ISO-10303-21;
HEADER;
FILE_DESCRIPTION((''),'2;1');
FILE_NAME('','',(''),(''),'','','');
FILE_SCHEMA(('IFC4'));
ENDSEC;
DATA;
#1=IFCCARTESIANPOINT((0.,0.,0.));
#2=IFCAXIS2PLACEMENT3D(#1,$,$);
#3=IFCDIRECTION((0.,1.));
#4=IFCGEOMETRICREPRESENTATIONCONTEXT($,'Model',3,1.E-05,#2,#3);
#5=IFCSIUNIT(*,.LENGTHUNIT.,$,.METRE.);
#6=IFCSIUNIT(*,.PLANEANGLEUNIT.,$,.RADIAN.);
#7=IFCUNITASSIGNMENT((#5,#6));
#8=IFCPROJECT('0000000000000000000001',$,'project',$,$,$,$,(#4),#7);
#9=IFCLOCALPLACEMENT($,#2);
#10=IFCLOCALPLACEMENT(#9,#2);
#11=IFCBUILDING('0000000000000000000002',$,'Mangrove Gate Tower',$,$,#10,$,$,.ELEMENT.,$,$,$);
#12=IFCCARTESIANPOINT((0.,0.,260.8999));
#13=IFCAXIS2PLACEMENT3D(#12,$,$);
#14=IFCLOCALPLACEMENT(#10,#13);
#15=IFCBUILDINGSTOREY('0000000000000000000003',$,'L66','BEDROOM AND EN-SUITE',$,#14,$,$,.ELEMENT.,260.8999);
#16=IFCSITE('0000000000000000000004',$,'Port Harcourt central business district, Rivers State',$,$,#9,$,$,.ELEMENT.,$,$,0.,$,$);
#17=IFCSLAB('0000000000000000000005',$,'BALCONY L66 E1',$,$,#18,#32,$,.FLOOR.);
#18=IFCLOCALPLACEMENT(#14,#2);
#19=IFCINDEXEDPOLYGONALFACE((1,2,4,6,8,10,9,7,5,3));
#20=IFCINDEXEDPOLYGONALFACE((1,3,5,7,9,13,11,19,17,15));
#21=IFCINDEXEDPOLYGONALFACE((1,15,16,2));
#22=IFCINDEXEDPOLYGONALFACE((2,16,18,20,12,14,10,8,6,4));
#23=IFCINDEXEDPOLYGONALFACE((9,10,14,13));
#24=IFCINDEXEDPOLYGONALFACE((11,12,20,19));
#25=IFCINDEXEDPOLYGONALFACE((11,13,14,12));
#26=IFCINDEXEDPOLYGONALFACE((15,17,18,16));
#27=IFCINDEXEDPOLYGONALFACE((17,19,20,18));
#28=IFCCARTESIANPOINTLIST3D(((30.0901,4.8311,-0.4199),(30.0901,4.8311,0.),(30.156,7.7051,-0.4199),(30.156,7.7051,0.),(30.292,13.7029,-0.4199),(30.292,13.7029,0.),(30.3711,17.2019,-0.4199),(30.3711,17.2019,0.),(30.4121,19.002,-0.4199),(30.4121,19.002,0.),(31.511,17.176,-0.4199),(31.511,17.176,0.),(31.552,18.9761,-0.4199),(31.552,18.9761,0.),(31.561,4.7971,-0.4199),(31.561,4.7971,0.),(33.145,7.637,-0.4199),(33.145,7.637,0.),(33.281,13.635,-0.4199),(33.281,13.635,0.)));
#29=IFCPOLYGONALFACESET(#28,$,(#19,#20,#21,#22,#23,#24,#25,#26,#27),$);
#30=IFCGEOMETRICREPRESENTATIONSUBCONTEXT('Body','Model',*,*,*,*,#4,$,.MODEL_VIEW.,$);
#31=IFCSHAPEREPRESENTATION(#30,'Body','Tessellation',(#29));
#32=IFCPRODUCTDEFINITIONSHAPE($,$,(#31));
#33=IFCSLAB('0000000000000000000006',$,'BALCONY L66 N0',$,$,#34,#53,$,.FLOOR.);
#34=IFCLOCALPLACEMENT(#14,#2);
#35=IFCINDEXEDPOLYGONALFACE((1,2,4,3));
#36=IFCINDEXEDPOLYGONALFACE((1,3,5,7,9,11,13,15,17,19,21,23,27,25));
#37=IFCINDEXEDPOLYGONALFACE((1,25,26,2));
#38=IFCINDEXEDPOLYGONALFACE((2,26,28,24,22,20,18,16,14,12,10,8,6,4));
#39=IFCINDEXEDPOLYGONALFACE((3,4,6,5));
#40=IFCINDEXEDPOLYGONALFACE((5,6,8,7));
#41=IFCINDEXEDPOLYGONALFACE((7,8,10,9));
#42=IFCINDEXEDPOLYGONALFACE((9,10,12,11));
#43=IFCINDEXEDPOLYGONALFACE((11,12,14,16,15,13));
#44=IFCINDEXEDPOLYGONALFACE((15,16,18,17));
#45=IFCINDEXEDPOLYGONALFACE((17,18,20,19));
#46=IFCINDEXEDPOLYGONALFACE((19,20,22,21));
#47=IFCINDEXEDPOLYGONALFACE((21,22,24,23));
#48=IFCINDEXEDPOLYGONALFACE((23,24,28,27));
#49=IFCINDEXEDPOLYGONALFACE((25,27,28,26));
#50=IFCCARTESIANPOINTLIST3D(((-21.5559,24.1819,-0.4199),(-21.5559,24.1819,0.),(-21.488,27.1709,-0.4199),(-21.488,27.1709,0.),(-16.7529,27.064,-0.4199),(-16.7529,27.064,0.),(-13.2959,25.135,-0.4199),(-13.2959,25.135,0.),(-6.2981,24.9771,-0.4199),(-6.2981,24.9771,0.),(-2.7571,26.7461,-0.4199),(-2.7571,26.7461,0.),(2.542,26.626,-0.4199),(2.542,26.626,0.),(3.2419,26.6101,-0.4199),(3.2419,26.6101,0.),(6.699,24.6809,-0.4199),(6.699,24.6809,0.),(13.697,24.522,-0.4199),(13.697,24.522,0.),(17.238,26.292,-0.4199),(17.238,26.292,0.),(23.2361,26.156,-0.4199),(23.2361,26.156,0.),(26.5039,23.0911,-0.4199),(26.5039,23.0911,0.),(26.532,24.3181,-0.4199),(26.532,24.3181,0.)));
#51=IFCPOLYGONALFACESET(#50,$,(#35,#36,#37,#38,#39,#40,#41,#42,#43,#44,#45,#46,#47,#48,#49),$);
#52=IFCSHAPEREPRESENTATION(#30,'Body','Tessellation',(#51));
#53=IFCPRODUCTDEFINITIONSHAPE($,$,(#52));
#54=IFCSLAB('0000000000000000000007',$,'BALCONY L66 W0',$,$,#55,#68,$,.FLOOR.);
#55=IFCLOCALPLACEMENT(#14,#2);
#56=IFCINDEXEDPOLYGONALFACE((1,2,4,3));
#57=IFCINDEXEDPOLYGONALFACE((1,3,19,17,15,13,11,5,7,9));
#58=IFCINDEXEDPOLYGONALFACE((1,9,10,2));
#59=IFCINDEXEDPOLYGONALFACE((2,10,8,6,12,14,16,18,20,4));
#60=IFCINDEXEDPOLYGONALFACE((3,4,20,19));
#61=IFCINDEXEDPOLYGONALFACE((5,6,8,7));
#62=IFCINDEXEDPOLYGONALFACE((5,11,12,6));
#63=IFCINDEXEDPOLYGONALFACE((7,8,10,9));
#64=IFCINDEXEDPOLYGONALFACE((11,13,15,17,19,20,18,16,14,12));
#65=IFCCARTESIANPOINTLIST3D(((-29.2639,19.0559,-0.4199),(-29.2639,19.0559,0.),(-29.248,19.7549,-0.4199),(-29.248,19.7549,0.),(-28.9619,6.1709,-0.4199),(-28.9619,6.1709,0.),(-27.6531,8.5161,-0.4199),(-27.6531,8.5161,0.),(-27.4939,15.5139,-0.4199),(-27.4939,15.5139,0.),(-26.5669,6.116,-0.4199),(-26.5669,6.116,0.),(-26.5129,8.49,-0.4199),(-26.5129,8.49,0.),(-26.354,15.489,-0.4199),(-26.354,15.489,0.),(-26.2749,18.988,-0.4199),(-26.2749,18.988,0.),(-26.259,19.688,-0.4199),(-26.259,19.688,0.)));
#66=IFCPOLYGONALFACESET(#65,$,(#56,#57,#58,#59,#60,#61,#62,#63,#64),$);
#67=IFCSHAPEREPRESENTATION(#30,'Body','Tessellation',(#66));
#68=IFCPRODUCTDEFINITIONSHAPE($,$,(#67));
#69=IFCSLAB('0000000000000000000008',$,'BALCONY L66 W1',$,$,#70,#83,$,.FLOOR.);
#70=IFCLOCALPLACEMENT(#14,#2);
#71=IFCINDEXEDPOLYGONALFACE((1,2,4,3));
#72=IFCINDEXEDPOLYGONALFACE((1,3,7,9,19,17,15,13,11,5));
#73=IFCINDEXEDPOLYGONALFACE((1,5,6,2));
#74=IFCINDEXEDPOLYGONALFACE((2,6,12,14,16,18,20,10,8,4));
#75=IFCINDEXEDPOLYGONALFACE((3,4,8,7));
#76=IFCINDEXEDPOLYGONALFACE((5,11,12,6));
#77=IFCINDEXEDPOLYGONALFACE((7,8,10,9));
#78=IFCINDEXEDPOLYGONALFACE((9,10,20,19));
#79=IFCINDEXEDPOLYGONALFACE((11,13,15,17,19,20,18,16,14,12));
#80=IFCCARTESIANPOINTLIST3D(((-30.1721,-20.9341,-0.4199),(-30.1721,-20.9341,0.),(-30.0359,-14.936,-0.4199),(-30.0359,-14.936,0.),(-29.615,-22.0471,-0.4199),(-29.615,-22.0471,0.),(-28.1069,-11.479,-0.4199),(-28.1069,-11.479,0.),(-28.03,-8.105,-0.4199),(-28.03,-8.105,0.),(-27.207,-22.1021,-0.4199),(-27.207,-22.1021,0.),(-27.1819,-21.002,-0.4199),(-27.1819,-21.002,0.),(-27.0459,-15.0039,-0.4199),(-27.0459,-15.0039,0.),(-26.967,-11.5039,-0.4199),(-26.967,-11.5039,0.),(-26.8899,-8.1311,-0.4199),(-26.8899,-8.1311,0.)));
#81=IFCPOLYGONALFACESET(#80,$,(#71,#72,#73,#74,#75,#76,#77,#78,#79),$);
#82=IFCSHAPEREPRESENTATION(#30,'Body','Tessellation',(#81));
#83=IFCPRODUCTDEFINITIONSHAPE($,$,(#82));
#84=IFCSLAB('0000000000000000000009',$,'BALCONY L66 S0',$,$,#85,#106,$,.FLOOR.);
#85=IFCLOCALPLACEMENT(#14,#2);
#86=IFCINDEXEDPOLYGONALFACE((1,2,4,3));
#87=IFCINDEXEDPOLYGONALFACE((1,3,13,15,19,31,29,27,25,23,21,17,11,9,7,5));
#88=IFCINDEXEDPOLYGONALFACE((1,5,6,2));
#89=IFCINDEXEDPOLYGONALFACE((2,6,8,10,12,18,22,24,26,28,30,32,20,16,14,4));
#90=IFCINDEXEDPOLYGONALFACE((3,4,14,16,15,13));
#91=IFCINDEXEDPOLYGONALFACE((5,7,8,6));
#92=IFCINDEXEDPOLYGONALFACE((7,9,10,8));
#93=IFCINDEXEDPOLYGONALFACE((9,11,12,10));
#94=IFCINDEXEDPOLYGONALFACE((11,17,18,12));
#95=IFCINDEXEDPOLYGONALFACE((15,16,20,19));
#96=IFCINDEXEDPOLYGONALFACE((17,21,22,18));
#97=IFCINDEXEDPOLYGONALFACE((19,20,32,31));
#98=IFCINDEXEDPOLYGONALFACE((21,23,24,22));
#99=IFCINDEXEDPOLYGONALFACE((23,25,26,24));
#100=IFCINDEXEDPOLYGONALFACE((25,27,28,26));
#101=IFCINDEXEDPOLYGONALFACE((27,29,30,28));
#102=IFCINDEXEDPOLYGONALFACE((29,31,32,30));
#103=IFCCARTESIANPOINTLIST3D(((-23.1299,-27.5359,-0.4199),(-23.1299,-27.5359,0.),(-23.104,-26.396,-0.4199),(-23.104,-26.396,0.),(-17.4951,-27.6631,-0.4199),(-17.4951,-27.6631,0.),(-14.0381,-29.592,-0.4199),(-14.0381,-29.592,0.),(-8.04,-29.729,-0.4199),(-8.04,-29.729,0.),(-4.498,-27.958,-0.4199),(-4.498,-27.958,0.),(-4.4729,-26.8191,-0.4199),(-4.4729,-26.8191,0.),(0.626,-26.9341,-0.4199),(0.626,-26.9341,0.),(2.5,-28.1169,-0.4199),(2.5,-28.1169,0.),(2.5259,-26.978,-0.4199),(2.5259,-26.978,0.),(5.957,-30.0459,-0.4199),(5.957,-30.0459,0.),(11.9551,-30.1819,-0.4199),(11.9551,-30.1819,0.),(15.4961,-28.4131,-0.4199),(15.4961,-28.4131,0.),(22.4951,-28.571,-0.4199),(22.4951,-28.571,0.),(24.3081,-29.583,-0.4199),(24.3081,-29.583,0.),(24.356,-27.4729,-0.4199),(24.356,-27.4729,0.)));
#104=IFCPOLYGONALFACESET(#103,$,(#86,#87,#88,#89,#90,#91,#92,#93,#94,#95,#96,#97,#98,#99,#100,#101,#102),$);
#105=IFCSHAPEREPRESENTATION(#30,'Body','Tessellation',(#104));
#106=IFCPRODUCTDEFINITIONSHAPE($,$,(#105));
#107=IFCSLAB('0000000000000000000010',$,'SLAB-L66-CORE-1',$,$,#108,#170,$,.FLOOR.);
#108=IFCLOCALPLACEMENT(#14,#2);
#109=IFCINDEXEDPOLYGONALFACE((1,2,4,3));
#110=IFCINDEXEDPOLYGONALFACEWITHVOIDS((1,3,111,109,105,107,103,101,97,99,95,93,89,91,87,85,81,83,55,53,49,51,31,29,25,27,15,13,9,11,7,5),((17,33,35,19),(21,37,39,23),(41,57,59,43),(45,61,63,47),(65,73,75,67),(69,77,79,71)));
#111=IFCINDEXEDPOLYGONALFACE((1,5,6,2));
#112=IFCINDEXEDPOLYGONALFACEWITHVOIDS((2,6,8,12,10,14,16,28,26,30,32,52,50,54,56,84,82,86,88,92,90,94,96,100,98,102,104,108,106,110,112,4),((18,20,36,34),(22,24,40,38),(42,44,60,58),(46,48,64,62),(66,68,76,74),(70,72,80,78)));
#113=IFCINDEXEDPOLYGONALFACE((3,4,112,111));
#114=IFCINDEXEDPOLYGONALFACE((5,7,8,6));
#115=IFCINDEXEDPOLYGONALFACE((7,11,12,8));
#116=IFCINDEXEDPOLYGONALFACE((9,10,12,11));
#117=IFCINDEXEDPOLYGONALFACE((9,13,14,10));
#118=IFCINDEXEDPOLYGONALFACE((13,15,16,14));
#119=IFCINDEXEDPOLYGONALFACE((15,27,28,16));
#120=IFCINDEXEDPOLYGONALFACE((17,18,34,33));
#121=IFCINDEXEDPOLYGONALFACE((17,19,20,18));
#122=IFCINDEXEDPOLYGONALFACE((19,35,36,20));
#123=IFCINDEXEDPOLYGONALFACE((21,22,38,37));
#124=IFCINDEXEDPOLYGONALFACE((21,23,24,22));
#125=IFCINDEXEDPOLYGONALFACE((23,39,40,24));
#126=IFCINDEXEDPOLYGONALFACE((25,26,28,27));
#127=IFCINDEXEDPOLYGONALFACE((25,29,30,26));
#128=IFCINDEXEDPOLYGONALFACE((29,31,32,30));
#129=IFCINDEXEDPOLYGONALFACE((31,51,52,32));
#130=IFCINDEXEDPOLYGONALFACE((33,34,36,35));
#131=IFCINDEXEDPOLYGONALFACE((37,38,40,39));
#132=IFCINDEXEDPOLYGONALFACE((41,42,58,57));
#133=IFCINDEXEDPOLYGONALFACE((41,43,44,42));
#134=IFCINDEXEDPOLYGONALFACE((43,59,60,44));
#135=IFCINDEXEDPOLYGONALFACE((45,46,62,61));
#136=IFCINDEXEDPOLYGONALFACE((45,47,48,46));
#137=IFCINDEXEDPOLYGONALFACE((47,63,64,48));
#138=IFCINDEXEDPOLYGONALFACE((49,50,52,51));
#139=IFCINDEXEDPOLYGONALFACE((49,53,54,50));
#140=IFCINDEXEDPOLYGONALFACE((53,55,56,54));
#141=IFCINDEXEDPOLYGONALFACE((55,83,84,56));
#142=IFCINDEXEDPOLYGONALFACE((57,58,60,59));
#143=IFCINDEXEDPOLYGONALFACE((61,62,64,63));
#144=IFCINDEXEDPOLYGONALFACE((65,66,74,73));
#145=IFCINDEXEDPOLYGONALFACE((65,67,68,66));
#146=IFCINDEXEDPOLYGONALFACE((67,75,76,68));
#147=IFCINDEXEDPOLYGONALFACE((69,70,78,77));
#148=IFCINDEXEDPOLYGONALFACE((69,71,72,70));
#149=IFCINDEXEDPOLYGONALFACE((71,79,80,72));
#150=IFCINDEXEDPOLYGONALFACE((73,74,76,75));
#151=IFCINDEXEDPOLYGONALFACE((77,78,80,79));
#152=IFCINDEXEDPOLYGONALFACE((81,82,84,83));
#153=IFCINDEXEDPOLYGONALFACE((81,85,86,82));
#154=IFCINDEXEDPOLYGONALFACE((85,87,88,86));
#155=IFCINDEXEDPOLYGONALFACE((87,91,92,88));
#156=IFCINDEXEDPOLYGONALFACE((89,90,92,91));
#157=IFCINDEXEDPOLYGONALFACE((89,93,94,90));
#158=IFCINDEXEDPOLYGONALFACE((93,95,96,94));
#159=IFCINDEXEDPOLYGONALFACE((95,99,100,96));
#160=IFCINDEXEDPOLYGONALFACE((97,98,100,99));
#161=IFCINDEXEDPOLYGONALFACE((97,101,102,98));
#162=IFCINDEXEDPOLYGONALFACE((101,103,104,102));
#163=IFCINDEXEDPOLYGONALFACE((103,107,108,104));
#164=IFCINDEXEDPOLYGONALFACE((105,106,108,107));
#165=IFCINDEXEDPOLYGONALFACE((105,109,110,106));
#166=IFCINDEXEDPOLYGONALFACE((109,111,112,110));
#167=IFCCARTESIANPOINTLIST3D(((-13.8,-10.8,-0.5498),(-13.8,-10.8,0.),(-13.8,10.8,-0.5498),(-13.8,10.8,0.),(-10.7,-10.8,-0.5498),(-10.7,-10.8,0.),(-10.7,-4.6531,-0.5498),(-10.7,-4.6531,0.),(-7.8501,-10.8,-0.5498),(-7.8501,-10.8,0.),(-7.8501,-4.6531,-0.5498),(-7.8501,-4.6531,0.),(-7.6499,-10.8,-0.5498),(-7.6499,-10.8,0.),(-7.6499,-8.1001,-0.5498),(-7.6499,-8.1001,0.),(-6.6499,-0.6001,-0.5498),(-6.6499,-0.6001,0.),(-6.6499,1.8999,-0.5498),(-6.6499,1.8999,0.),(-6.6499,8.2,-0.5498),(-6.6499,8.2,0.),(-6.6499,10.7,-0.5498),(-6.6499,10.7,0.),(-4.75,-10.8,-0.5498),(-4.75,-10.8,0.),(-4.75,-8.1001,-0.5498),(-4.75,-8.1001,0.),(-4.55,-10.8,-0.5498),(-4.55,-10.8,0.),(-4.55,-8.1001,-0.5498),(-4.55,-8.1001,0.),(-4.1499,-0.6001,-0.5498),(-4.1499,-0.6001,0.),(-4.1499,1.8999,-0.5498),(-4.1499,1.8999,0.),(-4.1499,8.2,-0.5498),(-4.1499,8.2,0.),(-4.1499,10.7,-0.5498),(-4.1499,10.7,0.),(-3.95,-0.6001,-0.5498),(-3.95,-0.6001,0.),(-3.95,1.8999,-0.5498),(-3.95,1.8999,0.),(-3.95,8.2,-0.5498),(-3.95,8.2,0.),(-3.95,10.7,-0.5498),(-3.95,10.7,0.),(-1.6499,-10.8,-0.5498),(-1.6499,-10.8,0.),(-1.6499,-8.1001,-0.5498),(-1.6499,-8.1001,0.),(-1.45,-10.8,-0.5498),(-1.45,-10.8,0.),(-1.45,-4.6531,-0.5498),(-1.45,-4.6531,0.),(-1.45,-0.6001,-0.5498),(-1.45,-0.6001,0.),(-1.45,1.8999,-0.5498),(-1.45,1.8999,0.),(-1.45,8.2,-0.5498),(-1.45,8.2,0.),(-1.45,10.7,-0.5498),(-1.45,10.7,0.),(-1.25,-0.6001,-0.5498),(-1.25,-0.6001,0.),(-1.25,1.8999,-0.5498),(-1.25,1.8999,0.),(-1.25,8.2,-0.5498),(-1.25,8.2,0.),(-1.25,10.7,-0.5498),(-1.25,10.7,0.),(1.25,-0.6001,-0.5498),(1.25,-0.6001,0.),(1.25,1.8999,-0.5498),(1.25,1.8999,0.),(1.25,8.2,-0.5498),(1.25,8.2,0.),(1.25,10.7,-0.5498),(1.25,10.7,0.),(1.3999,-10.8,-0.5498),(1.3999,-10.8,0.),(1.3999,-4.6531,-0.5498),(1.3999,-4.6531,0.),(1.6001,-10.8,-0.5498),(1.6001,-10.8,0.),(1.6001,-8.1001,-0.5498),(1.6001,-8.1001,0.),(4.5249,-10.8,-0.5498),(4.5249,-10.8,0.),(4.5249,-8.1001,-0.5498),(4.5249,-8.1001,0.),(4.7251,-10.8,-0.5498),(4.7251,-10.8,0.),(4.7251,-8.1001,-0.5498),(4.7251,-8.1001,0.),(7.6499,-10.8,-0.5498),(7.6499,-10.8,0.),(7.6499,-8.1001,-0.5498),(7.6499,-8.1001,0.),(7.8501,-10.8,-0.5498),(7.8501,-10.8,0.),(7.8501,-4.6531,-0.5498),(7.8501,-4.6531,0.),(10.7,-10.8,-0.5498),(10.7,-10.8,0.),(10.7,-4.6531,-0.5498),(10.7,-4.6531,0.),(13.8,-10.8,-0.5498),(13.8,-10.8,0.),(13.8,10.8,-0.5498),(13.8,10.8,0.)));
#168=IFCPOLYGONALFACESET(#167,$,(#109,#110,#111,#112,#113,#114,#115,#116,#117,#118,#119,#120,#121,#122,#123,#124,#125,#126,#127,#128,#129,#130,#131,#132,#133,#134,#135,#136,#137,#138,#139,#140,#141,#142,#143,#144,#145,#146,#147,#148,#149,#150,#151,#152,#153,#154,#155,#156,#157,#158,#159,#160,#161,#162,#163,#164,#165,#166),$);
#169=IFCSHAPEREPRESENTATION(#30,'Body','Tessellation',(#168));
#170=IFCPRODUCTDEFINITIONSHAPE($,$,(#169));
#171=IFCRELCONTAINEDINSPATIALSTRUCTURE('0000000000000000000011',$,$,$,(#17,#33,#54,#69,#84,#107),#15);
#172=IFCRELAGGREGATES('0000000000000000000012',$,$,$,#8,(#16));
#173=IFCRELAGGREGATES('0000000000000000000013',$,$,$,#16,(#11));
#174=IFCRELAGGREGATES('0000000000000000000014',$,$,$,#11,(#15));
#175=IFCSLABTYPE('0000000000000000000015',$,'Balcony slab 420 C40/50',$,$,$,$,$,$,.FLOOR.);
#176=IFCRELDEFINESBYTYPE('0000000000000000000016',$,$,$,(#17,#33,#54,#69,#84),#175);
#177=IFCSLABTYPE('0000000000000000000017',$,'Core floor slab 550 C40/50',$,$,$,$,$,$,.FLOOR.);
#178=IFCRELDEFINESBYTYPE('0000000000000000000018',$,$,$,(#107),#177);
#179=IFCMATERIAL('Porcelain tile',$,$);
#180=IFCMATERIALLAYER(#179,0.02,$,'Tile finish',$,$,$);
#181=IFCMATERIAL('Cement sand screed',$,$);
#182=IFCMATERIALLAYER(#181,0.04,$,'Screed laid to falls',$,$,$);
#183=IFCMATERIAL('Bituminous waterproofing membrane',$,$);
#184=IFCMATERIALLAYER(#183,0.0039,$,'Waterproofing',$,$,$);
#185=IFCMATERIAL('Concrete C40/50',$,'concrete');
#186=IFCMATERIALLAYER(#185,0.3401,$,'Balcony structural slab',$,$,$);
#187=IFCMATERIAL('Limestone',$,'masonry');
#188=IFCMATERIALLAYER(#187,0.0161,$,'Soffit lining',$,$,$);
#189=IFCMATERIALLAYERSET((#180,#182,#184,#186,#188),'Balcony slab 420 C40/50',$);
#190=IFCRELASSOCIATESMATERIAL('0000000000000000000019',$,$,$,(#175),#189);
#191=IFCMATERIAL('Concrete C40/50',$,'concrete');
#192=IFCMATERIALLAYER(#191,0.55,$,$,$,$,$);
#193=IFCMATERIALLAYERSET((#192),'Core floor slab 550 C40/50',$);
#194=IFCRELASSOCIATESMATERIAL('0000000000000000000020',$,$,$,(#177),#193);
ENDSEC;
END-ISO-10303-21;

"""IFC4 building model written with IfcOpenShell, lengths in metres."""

from ifc_helpers import new_model, si_unit, direction, frame, origin, place, context, subcontext, project, spatial, polyline, outline, extrude, material, layer, layer_set, type_object, element, save


model = new_model("IFC4")

# Units and contexts
model_context = context("Model", 3, precision=1e-05, world=origin(), true_north=direction((0.0, 1.0)))
body_context = subcontext(model_context, "Body", "Model", "MODEL_VIEW")
ifc_project = project(units=[si_unit("LENGTHUNIT", "METRE"), si_unit("PLANEANGLEUNIT", "RADIAN")], contexts=[model_context])

# Site, building, storey
site_placement = place(None, origin())
site = spatial("IfcSite", under=ifc_project, at=site_placement, Name="Port Harcourt central business district, Rivers State", CompositionType="ELEMENT", RefElevation=0.0)
building_placement = place(site_placement, origin())
building = spatial("IfcBuilding", under=site, at=building_placement, Name="Mangrove Gate Tower", CompositionType="ELEMENT")
storey_placement = place(building_placement, frame((0.0, 0.0, 260.8999)))
storey = spatial("IfcBuildingStorey", under=building, at=storey_placement, Name="L66", Description="BEDROOM AND EN-SUITE", CompositionType="ELEMENT", Elevation=260.8999)

# Slabs
ifc_material_1 = material(Name="Porcelain tile")
ifc_layer_1 = layer(ifc_material_1, 0.02, Name="Tile finish")
ifc_material_2 = material(Name="Cement sand screed")
ifc_layer_2 = layer(ifc_material_2, 0.04, Name="Screed laid to falls")
ifc_material_3 = material(Name="Bituminous waterproofing membrane")
ifc_layer_3 = layer(ifc_material_3, 0.0039, Name="Waterproofing")
ifc_material_4 = material(Name="Concrete C40/50", Category="concrete")
ifc_layer_4 = layer(ifc_material_4, 0.3401, Name="Balcony structural slab")
ifc_material_5 = material(Name="Limestone", Category="masonry")
ifc_layer_5 = layer(ifc_material_5, 0.0161, Name="Soffit lining")
ifc_layer_set_1 = layer_set([ifc_layer_1, ifc_layer_2, ifc_layer_3, ifc_layer_4, ifc_layer_5], Name="Balcony slab 420 C40/50")
slab_type_1 = type_object("IfcSlabType", Name="Balcony slab 420 C40/50", PredefinedType="FLOOR", material=ifc_layer_set_1)
slab_1_placement = place(storey_placement, frame((0.0, 0.0, -0.4199)))
element("IfcSlab", 1, at=slab_1_placement, inside=storey, type_object=slab_type_1, Name="BALCONY L66 E1", PredefinedType="FLOOR", context=body_context, shape_type="SweptSolid", body=[
    extrude(outline(polyline([(31.561, 4.7971), (33.145, 7.637), (33.281, 13.635), (31.511, 17.176), (31.552, 18.9761), (30.4121, 19.002), (30.3711, 17.2019), (30.292, 13.7029), (30.156, 7.7051), (30.0901, 4.8311), (31.561, 4.7971)])), origin(), (0.0, 0.0, 1.0), 0.4199),
])
slab_2_placement = place(storey_placement, frame((0.0, 0.0, -0.4199)))
element("IfcSlab", 2, at=slab_2_placement, inside=storey, type_object=slab_type_1, Name="BALCONY L66 N0", PredefinedType="FLOOR", context=body_context, shape_type="SweptSolid", body=[
    extrude(outline(polyline([(26.532, 24.3181), (23.2361, 26.156), (17.238, 26.292), (13.697, 24.522), (6.699, 24.6809), (3.2419, 26.6101), (2.542, 26.626), (-2.7571, 26.7461), (-6.2981, 24.9771), (-13.2959, 25.135), (-16.7529, 27.064), (-21.488, 27.1709), (-21.5559, 24.1819), (26.5039, 23.0911), (26.532, 24.3181)])), origin(), (0.0, 0.0, 1.0), 0.4199),
])
slab_3_placement = place(storey_placement, frame((0.0, 0.0, -0.4199)))
element("IfcSlab", 3, at=slab_3_placement, inside=storey, type_object=slab_type_1, Name="BALCONY L66 W0", PredefinedType="FLOOR", context=body_context, shape_type="SweptSolid", body=[
    extrude(outline(polyline([(-29.248, 19.7549), (-29.2639, 19.0559), (-27.4939, 15.5139), (-27.6531, 8.5161), (-28.9619, 6.1709), (-26.5669, 6.116), (-26.5129, 8.49), (-26.354, 15.489), (-26.2749, 18.988), (-26.259, 19.688), (-29.248, 19.7549)])), origin(), (0.0, 0.0, 1.0), 0.4199),
])
slab_4_placement = place(storey_placement, frame((0.0, 0.0, -0.4199)))
element("IfcSlab", 4, at=slab_4_placement, inside=storey, type_object=slab_type_1, Name="BALCONY L66 W1", PredefinedType="FLOOR", context=body_context, shape_type="SweptSolid", body=[
    extrude(outline(polyline([(-28.03, -8.105), (-28.1069, -11.479), (-30.0359, -14.936), (-30.1721, -20.9341), (-29.615, -22.0471), (-27.207, -22.1021), (-27.1819, -21.002), (-27.0459, -15.0039), (-26.967, -11.5039), (-26.8899, -8.1311), (-28.03, -8.105)])), origin(), (0.0, 0.0, 1.0), 0.4199),
])
slab_5_placement = place(storey_placement, frame((0.0, 0.0, -0.4199)))
element("IfcSlab", 5, at=slab_5_placement, inside=storey, type_object=slab_type_1, Name="BALCONY L66 S0", PredefinedType="FLOOR", context=body_context, shape_type="SweptSolid", body=[
    extrude(outline(polyline([(-23.1299, -27.5359), (-17.4951, -27.6631), (-14.0381, -29.592), (-8.04, -29.729), (-4.498, -27.958), (2.5, -28.1169), (5.957, -30.0459), (11.9551, -30.1819), (15.4961, -28.4131), (22.4951, -28.571), (24.3081, -29.583), (24.356, -27.4729), (2.5259, -26.978), (0.626, -26.9341), (-4.4729, -26.8191), (-23.104, -26.396), (-23.1299, -27.5359)])), origin(), (0.0, 0.0, 1.0), 0.4199),
])
ifc_material_6 = material(Name="Concrete C40/50", Category="concrete")
ifc_layer_6 = layer(ifc_material_6, 0.55)
ifc_layer_set_2 = layer_set([ifc_layer_6], Name="Core floor slab 550 C40/50")
slab_type_2 = type_object("IfcSlabType", Name="Core floor slab 550 C40/50", PredefinedType="FLOOR", material=ifc_layer_set_2)
slab_6_placement = place(storey_placement, frame((0.0, 0.0, -0.5498)))
element("IfcSlab", 6, at=slab_6_placement, inside=storey, type_object=slab_type_2, Name="SLAB-L66-CORE-1", PredefinedType="FLOOR", context=body_context, shape_type="SweptSolid", body=[
    extrude(outline(polyline([(-13.8, -10.8), (-13.8, 10.8), (13.8, 10.8), (13.8, -10.8), (10.7, -10.8), (10.7, -4.6531), (7.8501, -4.6531), (7.8501, -10.8), (7.6499, -10.8), (7.6499, -8.1001), (4.7251, -8.1001), (4.7251, -10.8), (4.5249, -10.8), (4.5249, -8.1001), (1.6001, -8.1001), (1.6001, -10.8), (1.3999, -10.8), (1.3999, -4.6531), (-1.45, -4.6531), (-1.45, -10.8), (-1.6499, -10.8), (-1.6499, -8.1001), (-4.55, -8.1001), (-4.55, -10.8), (-4.75, -10.8), (-4.75, -8.1001), (-7.6499, -8.1001), (-7.6499, -10.8), (-7.8501, -10.8), (-7.8501, -4.6531), (-10.7, -4.6531), (-10.7, -10.8), (-13.8, -10.8)]), holes=[polyline([(-4.1499, 1.8999), (-6.6499, 1.8999), (-6.6499, -0.6001), (-4.1499, -0.6001), (-4.1499, 1.8999)]), polyline([(-1.45, -0.6001), (-1.45, 1.8999), (-3.95, 1.8999), (-3.95, -0.6001), (-1.45, -0.6001)]), polyline([(-4.1499, 8.2), (-4.1499, 10.7), (-6.6499, 10.7), (-6.6499, 8.2), (-4.1499, 8.2)]), polyline([(-1.45, 10.7), (-3.95, 10.7), (-3.95, 8.2), (-1.45, 8.2), (-1.45, 10.7)]), polyline([(1.25, -0.6001), (1.25, 1.8999), (-1.25, 1.8999), (-1.25, -0.6001), (1.25, -0.6001)]), polyline([(1.25, 8.2), (1.25, 10.7), (-1.25, 10.7), (-1.25, 8.2), (1.25, 8.2)])]), origin(), (0.0, 0.0, 1.0), 0.5498),
])

save(model, "model.ifc")
